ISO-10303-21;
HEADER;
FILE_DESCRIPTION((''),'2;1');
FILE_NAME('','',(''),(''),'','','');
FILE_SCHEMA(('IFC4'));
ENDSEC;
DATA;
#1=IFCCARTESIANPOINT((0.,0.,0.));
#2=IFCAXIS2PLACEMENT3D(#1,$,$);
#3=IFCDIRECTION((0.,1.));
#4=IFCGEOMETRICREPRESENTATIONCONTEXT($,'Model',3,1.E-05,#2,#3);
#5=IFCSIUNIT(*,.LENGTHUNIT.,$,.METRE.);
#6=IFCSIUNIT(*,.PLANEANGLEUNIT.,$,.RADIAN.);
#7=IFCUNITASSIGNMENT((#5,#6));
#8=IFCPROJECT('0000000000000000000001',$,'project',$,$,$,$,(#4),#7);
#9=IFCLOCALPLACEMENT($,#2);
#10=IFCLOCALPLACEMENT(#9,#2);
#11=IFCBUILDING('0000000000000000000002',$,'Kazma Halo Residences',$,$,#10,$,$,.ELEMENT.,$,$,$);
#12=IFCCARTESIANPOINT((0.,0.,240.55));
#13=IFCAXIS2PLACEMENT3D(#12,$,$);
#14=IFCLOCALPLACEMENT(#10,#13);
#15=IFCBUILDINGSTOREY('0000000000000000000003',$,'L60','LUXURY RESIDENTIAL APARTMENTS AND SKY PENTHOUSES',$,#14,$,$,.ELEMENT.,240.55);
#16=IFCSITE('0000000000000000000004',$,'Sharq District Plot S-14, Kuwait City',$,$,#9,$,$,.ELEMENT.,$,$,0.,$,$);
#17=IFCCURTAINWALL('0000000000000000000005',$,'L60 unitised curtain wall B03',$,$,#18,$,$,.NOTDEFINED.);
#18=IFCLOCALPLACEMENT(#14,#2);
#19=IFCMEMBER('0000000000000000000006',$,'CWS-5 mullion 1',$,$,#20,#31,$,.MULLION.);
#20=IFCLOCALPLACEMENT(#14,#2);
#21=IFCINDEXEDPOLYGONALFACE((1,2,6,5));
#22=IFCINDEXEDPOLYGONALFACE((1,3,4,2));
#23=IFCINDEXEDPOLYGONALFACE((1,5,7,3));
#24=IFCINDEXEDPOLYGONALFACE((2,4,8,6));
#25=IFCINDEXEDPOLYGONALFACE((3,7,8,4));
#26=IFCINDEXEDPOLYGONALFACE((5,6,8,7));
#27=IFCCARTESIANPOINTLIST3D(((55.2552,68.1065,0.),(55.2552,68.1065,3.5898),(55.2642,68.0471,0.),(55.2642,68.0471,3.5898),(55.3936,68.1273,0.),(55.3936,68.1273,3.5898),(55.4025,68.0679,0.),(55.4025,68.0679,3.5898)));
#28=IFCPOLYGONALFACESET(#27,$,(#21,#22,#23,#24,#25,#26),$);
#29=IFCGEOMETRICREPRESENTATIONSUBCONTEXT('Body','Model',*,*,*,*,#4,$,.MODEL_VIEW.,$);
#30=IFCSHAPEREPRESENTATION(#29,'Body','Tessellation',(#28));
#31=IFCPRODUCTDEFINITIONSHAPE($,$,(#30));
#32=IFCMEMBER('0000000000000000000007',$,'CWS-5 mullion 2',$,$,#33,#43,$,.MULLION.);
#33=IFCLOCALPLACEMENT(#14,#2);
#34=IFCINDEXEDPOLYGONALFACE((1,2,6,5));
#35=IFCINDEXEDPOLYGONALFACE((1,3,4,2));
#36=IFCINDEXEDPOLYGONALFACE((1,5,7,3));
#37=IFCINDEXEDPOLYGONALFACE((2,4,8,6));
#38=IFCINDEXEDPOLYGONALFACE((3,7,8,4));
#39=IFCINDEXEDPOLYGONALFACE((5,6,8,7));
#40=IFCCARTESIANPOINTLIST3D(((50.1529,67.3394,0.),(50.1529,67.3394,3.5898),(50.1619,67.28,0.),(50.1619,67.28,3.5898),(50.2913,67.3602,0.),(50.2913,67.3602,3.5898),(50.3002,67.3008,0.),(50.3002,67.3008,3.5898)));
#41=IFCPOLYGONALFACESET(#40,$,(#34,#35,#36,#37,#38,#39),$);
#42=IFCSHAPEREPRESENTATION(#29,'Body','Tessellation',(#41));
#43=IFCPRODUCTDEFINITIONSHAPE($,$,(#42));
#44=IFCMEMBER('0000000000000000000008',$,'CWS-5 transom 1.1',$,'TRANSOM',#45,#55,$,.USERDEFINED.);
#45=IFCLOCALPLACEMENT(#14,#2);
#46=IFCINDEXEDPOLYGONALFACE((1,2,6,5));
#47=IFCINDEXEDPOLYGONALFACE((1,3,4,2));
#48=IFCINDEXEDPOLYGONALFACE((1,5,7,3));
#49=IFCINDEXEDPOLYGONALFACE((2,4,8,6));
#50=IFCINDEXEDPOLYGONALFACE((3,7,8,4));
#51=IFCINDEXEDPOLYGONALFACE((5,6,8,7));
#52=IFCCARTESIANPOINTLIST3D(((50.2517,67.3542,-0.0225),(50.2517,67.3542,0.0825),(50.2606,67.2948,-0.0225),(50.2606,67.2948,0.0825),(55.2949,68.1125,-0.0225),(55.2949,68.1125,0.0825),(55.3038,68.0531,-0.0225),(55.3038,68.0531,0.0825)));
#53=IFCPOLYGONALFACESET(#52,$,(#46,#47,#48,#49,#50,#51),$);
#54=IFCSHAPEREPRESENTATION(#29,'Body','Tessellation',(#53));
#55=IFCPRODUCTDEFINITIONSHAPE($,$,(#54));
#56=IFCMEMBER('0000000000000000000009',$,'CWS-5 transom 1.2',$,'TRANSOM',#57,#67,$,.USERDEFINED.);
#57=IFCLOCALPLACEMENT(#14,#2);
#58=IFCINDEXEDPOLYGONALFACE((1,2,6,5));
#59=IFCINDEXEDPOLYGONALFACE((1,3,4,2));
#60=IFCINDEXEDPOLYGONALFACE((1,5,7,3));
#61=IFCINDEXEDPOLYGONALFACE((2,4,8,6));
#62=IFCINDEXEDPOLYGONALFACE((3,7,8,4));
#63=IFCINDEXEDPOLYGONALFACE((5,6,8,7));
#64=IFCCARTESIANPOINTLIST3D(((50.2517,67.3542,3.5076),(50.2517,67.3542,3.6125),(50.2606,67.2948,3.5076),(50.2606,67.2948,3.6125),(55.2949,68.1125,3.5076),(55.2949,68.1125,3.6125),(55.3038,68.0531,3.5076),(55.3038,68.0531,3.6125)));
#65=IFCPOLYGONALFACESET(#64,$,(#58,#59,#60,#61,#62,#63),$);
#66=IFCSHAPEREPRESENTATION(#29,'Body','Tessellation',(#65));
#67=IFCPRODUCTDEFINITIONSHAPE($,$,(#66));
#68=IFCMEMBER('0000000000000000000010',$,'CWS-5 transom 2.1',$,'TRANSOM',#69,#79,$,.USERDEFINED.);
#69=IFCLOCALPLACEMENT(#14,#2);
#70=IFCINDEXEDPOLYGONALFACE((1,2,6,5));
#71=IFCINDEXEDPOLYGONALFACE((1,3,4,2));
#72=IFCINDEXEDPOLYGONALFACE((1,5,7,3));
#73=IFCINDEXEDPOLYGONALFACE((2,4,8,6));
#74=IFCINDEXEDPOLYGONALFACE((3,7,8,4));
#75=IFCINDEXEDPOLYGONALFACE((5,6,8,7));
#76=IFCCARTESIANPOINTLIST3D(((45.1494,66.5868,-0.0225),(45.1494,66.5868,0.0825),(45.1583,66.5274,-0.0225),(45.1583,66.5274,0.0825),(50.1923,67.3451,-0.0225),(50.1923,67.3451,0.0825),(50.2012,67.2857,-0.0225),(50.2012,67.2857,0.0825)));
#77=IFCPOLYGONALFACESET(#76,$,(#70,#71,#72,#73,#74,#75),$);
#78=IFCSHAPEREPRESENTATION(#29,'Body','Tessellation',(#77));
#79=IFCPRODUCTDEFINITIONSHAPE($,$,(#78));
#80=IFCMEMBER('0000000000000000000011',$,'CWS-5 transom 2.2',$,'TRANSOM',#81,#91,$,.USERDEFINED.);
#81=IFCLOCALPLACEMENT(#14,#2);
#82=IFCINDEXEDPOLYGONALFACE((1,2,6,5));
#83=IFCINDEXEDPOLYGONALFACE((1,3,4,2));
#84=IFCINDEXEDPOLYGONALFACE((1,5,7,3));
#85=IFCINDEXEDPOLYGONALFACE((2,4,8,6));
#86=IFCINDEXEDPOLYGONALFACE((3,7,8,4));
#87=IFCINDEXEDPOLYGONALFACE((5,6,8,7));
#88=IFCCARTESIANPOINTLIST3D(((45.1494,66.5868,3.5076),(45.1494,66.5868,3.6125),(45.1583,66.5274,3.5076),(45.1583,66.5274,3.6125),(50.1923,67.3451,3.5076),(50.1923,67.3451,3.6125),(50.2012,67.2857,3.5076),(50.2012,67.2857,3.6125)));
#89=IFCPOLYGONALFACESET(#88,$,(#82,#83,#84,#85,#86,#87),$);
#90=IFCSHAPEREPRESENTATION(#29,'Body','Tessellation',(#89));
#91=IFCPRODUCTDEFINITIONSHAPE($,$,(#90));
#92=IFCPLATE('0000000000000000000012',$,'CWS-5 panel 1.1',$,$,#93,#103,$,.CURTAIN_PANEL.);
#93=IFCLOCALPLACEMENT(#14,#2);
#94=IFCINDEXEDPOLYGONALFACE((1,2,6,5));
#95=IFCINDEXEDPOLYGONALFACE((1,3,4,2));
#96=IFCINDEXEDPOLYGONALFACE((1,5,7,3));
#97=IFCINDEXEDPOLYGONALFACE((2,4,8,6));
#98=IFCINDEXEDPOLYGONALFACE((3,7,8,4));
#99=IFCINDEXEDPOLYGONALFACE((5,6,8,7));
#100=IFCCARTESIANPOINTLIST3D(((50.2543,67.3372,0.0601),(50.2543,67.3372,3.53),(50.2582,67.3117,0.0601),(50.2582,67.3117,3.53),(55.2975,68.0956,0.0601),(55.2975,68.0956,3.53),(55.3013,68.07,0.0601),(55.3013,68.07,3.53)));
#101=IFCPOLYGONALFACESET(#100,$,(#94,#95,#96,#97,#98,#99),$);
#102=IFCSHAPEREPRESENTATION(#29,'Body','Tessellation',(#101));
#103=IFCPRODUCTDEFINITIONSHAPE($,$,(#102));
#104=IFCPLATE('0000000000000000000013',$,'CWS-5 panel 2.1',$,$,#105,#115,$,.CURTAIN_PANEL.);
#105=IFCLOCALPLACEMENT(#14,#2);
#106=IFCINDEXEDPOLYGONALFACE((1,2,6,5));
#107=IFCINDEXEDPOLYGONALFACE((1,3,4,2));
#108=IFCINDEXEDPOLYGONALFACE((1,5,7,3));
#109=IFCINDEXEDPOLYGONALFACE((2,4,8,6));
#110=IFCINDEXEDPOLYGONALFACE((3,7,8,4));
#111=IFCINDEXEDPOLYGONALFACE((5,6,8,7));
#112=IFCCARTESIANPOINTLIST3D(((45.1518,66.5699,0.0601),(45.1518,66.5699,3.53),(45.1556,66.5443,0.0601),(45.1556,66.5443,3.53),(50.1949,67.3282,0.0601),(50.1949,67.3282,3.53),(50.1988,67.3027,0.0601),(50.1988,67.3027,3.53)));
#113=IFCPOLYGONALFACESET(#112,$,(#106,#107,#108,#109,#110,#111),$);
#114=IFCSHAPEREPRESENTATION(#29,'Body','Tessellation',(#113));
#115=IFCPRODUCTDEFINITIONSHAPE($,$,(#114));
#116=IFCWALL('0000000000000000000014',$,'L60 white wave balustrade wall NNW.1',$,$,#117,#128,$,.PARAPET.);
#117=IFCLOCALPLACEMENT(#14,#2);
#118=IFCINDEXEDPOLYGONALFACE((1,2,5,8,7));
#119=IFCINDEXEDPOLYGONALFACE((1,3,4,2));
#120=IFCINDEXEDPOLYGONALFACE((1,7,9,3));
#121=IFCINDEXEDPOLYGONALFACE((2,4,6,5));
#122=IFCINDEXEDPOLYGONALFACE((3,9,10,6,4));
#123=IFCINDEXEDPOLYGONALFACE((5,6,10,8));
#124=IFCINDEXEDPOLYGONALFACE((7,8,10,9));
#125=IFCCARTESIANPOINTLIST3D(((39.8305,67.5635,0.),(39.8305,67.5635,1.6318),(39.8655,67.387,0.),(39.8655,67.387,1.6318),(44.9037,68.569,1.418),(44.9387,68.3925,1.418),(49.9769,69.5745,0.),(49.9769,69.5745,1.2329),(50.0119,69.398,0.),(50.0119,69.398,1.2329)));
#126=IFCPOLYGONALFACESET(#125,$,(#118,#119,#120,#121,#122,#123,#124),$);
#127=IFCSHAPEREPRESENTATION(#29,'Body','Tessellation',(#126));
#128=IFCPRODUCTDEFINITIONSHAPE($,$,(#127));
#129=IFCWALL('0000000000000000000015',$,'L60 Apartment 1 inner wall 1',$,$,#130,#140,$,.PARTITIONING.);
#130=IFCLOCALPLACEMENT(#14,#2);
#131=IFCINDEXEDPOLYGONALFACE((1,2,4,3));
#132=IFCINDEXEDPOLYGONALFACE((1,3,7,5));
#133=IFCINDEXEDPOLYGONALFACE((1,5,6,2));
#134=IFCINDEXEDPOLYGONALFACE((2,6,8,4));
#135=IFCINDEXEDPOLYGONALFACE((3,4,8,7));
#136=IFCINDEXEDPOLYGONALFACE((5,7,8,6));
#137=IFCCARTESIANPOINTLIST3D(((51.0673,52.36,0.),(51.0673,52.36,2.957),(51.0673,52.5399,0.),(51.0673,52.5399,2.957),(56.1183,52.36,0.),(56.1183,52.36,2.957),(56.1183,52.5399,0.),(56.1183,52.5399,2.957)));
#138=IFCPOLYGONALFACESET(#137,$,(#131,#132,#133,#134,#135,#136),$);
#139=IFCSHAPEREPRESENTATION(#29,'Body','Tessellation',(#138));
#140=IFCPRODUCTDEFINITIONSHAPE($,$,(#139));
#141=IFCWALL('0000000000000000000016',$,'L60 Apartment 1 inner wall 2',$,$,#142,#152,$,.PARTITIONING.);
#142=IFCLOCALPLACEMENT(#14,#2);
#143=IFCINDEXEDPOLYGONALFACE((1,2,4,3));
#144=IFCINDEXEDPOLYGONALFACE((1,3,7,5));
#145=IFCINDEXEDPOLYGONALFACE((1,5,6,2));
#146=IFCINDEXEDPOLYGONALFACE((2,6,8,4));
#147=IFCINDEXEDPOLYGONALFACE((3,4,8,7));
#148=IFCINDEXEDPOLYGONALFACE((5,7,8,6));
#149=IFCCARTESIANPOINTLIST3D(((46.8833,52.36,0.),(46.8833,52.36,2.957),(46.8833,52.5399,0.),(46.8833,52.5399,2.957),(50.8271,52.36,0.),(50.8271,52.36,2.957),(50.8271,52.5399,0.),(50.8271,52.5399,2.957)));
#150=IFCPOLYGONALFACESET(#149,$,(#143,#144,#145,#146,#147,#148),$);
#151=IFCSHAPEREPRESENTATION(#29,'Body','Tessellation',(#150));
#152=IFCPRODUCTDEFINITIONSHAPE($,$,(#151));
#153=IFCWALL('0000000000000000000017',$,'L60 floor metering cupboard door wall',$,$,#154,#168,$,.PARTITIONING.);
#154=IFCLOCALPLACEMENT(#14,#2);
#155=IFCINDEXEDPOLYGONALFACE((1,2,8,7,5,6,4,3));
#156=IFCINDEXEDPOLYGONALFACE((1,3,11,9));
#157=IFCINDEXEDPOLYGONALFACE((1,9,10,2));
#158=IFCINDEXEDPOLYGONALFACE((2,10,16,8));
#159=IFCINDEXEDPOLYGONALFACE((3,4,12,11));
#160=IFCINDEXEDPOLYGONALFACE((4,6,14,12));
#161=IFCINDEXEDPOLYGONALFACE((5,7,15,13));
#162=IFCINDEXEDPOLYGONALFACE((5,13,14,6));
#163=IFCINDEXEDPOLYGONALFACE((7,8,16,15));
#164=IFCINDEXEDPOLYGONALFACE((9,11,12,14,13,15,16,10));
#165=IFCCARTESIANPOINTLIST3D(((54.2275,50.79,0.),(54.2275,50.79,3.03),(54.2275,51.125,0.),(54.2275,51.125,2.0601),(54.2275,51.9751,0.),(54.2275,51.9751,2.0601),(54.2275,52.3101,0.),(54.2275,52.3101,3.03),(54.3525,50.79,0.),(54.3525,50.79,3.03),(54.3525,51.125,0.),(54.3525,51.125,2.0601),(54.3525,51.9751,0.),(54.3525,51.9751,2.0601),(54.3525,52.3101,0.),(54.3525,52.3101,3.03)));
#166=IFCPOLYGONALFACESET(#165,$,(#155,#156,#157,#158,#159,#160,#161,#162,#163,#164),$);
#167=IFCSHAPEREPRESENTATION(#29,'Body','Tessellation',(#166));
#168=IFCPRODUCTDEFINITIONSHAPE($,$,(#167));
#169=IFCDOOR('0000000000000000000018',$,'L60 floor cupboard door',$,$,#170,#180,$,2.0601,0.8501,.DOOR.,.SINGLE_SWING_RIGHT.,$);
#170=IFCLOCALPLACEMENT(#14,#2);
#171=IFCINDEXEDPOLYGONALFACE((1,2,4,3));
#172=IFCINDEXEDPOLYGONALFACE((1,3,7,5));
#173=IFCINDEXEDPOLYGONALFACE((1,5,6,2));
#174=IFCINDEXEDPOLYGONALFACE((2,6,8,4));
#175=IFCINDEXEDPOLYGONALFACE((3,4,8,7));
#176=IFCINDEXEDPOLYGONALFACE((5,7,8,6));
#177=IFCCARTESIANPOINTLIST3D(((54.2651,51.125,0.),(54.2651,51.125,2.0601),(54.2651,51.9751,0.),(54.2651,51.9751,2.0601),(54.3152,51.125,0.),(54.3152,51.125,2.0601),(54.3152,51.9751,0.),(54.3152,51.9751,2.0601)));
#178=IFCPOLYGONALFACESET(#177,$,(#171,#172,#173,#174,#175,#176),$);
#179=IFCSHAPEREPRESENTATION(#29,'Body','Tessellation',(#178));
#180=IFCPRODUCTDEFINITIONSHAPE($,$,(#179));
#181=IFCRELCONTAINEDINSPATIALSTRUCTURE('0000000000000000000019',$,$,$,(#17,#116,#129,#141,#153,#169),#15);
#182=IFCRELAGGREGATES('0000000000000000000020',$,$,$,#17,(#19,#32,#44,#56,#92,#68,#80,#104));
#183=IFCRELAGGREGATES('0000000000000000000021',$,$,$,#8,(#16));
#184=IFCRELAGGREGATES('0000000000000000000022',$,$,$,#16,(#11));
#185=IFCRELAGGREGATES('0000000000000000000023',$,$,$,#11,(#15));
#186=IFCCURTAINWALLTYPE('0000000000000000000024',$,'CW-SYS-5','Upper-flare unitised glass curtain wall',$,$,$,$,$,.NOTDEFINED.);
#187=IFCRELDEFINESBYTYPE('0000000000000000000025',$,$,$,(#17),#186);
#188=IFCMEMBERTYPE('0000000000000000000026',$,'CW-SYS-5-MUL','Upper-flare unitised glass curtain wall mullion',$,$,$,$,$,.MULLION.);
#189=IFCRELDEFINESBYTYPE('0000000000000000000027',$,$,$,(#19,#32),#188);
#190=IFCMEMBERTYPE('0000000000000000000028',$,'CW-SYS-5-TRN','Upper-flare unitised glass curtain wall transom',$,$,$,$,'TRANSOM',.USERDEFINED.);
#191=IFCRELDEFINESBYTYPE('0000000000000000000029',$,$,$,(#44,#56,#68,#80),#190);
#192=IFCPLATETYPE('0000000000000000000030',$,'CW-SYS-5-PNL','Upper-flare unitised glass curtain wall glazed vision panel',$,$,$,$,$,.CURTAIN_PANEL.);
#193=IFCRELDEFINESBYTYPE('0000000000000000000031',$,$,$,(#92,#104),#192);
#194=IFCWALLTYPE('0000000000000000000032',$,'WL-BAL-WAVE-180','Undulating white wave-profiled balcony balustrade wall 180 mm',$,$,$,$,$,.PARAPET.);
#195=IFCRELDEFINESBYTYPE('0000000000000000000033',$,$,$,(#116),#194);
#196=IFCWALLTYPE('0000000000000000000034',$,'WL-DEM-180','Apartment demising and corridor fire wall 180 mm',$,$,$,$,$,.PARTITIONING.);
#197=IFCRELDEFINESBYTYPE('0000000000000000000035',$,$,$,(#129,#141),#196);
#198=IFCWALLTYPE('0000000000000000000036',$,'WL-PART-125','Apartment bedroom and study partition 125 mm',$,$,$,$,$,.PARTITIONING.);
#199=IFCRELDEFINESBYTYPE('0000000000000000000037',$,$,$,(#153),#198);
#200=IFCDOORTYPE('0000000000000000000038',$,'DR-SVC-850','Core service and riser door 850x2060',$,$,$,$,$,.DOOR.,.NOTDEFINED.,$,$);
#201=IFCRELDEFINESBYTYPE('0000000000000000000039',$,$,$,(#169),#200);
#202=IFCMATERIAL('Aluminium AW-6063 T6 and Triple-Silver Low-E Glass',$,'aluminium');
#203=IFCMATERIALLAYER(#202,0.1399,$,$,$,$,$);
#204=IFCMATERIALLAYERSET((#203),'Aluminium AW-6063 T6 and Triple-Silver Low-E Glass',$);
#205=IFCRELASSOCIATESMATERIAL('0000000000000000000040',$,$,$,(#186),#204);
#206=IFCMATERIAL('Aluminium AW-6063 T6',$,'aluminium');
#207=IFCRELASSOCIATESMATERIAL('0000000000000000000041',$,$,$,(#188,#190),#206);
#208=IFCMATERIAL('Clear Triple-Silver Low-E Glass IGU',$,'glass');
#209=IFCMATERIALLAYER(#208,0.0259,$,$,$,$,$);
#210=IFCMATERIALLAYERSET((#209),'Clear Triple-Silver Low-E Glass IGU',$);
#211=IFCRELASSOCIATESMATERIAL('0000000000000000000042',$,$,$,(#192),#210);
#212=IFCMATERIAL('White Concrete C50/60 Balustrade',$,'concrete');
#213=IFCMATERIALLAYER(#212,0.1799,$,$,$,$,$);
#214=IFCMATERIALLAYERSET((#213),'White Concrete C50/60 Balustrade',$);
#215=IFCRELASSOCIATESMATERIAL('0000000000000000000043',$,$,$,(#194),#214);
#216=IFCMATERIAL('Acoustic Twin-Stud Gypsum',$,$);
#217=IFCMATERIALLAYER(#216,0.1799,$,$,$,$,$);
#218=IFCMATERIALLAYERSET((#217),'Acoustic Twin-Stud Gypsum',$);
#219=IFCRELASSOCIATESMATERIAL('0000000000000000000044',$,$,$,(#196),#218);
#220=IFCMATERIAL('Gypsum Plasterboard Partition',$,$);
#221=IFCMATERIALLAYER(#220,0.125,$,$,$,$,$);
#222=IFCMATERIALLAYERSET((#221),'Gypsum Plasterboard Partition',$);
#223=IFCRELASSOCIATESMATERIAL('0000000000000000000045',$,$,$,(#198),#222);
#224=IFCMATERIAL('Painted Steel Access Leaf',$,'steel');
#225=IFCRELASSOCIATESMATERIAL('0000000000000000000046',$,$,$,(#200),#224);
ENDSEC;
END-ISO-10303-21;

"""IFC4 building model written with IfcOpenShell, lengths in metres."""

from ifc_helpers import new_model, si_unit, direction, frame, frame_2d, origin, origin_2d, place, context, subcontext, project, spatial, polyline, rectangle, outline, extrude, material, layer, layer_set, material_profile, profile_set, type_object, element, fill, aggregate, save


model = new_model("IFC4")

# Units and contexts
model_context = context("Model", 3, precision=1e-05, world=origin(), true_north=direction((0.0, 1.0)))
body_context = subcontext(model_context, "Body", "Model", "MODEL_VIEW")
ifc_project = project(units=[si_unit("LENGTHUNIT", "METRE"), si_unit("PLANEANGLEUNIT", "RADIAN")], contexts=[model_context])

# Site, building, storey
site_placement = place(None, origin())
site = spatial("IfcSite", under=ifc_project, at=site_placement, Name="Sharq District Plot S-14, Kuwait City", CompositionType="ELEMENT", RefElevation=0.0)
building_placement = place(site_placement, origin())
building = spatial("IfcBuilding", under=site, at=building_placement, Name="Kazma Halo Residences", CompositionType="ELEMENT")
storey_placement = place(building_placement, frame((0.0, 0.0, 240.55)))
storey = spatial("IfcBuildingStorey", under=building, at=storey_placement, Name="L60", Description="LUXURY RESIDENTIAL APARTMENTS AND SKY PENTHOUSES", CompositionType="ELEMENT", Elevation=240.55)

# Curtain wall, members, plates
ifc_material_1 = material(Name="Aluminium AW-6063 T6 and Triple-Silver Low-E Glass", Category="aluminium")
ifc_layer_1 = layer(ifc_material_1, 0.1399)
ifc_layer_set_1 = layer_set([ifc_layer_1], Name="Aluminium AW-6063 T6 and Triple-Silver Low-E Glass")
curtain_wall_type = type_object("IfcCurtainWallType", Name="CW-SYS-5", Description="Upper-flare unitised glass curtain wall", PredefinedType="NOTDEFINED", material=ifc_layer_set_1)
curtain_wall_placement = place(storey_placement, origin())
curtain_wall = element("IfcCurtainWall", 1, at=curtain_wall_placement, inside=storey, type_object=curtain_wall_type, Name="L60 unitised curtain wall B03", PredefinedType="NOTDEFINED")
ifc_material_2 = material(Name="Aluminium AW-6063 T6", Category="aluminium")
ifc_material_profile_1 = material_profile(ifc_material_2, rectangle(XDim=0.0601, YDim=0.1399, at=origin_2d()), Name="CWM-60x140")
ifc_profile_set_1 = profile_set([ifc_material_profile_1], Name="Aluminium AW-6063 T6")
member_type_1 = type_object("IfcMemberType", Name="CW-SYS-5-MUL", Description="Upper-flare unitised glass curtain wall mullion", PredefinedType="MULLION", material=ifc_profile_set_1)
member_1_placement = place(storey_placement, frame((55.3289, 68.0872, 0.0), z_axis=(0.0, 0.0, 1.0), x_axis=(0.148697, -0.988883, 0.0)))
member_1 = element("IfcMember", 2, at=member_1_placement, type_object=member_type_1, Name="CWS-5 mullion 1", PredefinedType="MULLION", context=body_context, shape_type="SweptSolid", body=[
    extrude(rectangle(XDim=0.0601, YDim=0.1399, at=origin_2d()), origin(), (0.0, 0.0, 1.0), 3.5898),
])
member_2_placement = place(storey_placement, frame((50.2266, 67.3201, 0.0), z_axis=(0.0, 0.0, 1.0), x_axis=(0.148697, -0.988883, 0.0)))
member_2 = element("IfcMember", 3, at=member_2_placement, type_object=member_type_1, Name="CWS-5 mullion 2", PredefinedType="MULLION", context=body_context, shape_type="SweptSolid", body=[
    extrude(rectangle(XDim=0.0601, YDim=0.1399, at=origin_2d()), origin(), (0.0, 0.0, 1.0), 3.5898),
])
ifc_material_profile_2 = material_profile(ifc_material_2, rectangle(XDim=0.0601, YDim=0.105, at=origin_2d()), Name="CWT-60x105")
ifc_profile_set_2 = profile_set([ifc_material_profile_2], Name="Aluminium AW-6063 T6")
member_type_2 = type_object("IfcMemberType", Name="CW-SYS-5-TRN", Description="Upper-flare unitised glass curtain wall transom", ElementType="TRANSOM", PredefinedType="USERDEFINED", material=ifc_profile_set_2)
member_3_placement = place(storey_placement, frame((55.2993, 68.0828, 0.03), z_axis=(-0.988884, -0.148689, 0.0), x_axis=(0.148689, -0.988884, 0.0)))
member_3 = element("IfcMember", 4, at=member_3_placement, type_object=member_type_2, Name="CWS-5 transom 1.1", ObjectType="TRANSOM", PredefinedType="USERDEFINED", context=body_context, shape_type="SweptSolid", body=[
    extrude(rectangle(XDim=0.0601, YDim=0.105, at=origin_2d()), origin(), (0.0, 0.0, 1.0), 5.0999),
])
member_4_placement = place(storey_placement, frame((55.2993, 68.0828, 3.5601), z_axis=(-0.988884, -0.148689, 0.0), x_axis=(0.148689, -0.988884, 0.0)))
member_4 = element("IfcMember", 5, at=member_4_placement, type_object=member_type_2, Name="CWS-5 transom 1.2", ObjectType="TRANSOM", PredefinedType="USERDEFINED", context=body_context, shape_type="SweptSolid", body=[
    extrude(rectangle(XDim=0.0601, YDim=0.105, at=origin_2d()), origin(), (0.0, 0.0, 1.0), 5.0999),
])
member_5_placement = place(storey_placement, frame((50.1968, 67.3154, 0.03), z_axis=(-0.988883, -0.148696, 0.0), x_axis=(0.148696, -0.988883, 0.0)))
member_5 = element("IfcMember", 6, at=member_5_placement, type_object=member_type_2, Name="CWS-5 transom 2.1", ObjectType="TRANSOM", PredefinedType="USERDEFINED", context=body_context, shape_type="SweptSolid", body=[
    extrude(rectangle(XDim=0.0601, YDim=0.105, at=origin_2d()), origin(), (0.0, 0.0, 1.0), 5.0996),
])
member_6_placement = place(storey_placement, frame((50.1968, 67.3154, 3.5601), z_axis=(-0.988883, -0.148696, 0.0), x_axis=(0.148696, -0.988883, 0.0)))
member_6 = element("IfcMember", 7, at=member_6_placement, type_object=member_type_2, Name="CWS-5 transom 2.2", ObjectType="TRANSOM", PredefinedType="USERDEFINED", context=body_context, shape_type="SweptSolid", body=[
    extrude(rectangle(XDim=0.0601, YDim=0.105, at=origin_2d()), origin(), (0.0, 0.0, 1.0), 5.0996),
])
ifc_material_3 = material(Name="Clear Triple-Silver Low-E Glass IGU", Category="glass")
ifc_layer_2 = layer(ifc_material_3, 0.0259)
ifc_layer_set_2 = layer_set([ifc_layer_2], Name="Clear Triple-Silver Low-E Glass IGU")
plate_type = type_object("IfcPlateType", Name="CW-SYS-5-PNL", Description="Upper-flare unitised glass curtain wall glazed vision panel", PredefinedType="CURTAIN_PANEL", material=ifc_layer_set_2)
plate_1_placement = place(storey_placement, frame((52.7778, 67.7036, 0.0601), z_axis=(0.0, 0.0, 1.0), x_axis=(-0.988883, -0.148697, 0.0)))
plate_1 = element("IfcPlate", 8, at=plate_1_placement, type_object=plate_type, Name="CWS-5 panel 1.1", PredefinedType="CURTAIN_PANEL", context=body_context, shape_type="SweptSolid", body=[
    extrude(rectangle(XDim=5.0999, YDim=0.0259, at=origin_2d()), origin(), (0.0, 0.0, 1.0), 3.47),
])
plate_2_placement = place(storey_placement, frame((47.6753, 66.9363, 0.0601), z_axis=(0.0, 0.0, 1.0), x_axis=(-0.988883, -0.148697, 0.0)))
plate_2 = element("IfcPlate", 9, at=plate_2_placement, type_object=plate_type, Name="CWS-5 panel 2.1", PredefinedType="CURTAIN_PANEL", context=body_context, shape_type="SweptSolid", body=[
    extrude(rectangle(XDim=5.0999, YDim=0.0259, at=origin_2d()), origin(), (0.0, 0.0, 1.0), 3.47),
])
aggregate(curtain_wall, [member_1, member_2, member_3, member_4, plate_1, member_5, member_6, plate_2])

# Walls
ifc_material_4 = material(Name="White Concrete C50/60 Balustrade", Category="concrete")
ifc_layer_3 = layer(ifc_material_4, 0.1799)
ifc_layer_set_3 = layer_set([ifc_layer_3], Name="White Concrete C50/60 Balustrade")
wall_type_1 = type_object("IfcWallType", Name="WL-BAL-WAVE-180", Description="Undulating white wave-profiled balcony balustrade wall 180 mm", PredefinedType="PARAPET", material=ifc_layer_set_3)
wall_1_placement = place(storey_placement, frame((49.9944, 69.4861, 0.0), z_axis=(0.0, 0.0, 1.0), x_axis=(-0.98092, -0.194414, 0.0)))
element("IfcWall", 10, at=wall_1_placement, inside=storey, type_object=wall_type_1, Name="L60 white wave balustrade wall NNW.1", PredefinedType="PARAPET", context=body_context, shape_type="SweptSolid", body=[
    extrude(outline(polyline([(0.0, 0.0), (10.3438, 0.0), (10.3438, 1.6318), (5.1719, 1.418), (0.0, 1.2329), (0.0, 0.0)])), frame((0.0, 0.0898, 0.0), z_axis=(0.0, -1.0, 0.0), x_axis=(1.0, 0.0, 0.0)), (0.0, 0.0, 1.0), 0.1799),
])
ifc_material_5 = material(Name="Acoustic Twin-Stud Gypsum")
ifc_layer_4 = layer(ifc_material_5, 0.1799)
ifc_layer_set_4 = layer_set([ifc_layer_4], Name="Acoustic Twin-Stud Gypsum")
wall_type_2 = type_object("IfcWallType", Name="WL-DEM-180", Description="Apartment demising and corridor fire wall 180 mm", PredefinedType="PARTITIONING", material=ifc_layer_set_4)
wall_2_placement = place(storey_placement, frame((56.1182, 52.45, 0.0), z_axis=(0.0, 0.0, 1.0), x_axis=(-1.0, 0.0, 0.0)))
element("IfcWall", 11, at=wall_2_placement, inside=storey, type_object=wall_type_2, Name="L60 Apartment 1 inner wall 1", PredefinedType="PARTITIONING", context=body_context, shape_type="SweptSolid", body=[
    extrude(rectangle(XDim=5.051, YDim=0.1799, at=frame_2d((2.5254, 0.0))), origin(), (0.0, 0.0, 1.0), 2.957),
])
wall_3_placement = place(storey_placement, frame((50.8271, 52.45, 0.0), z_axis=(0.0, 0.0, 1.0), x_axis=(-1.0, 0.0, 0.0)))
element("IfcWall", 12, at=wall_3_placement, inside=storey, type_object=wall_type_2, Name="L60 Apartment 1 inner wall 2", PredefinedType="PARTITIONING", context=body_context, shape_type="SweptSolid", body=[
    extrude(rectangle(XDim=3.9438, YDim=0.1799, at=frame_2d((1.9719, 0.0))), origin(), (0.0, 0.0, 1.0), 2.957),
])

# Wall, opening, door
ifc_material_6 = material(Name="Gypsum Plasterboard Partition")
ifc_layer_5 = layer(ifc_material_6, 0.125)
ifc_layer_set_5 = layer_set([ifc_layer_5], Name="Gypsum Plasterboard Partition")
wall_type_3 = type_object("IfcWallType", Name="WL-PART-125", Description="Apartment bedroom and study partition 125 mm", PredefinedType="PARTITIONING", material=ifc_layer_set_5)
wall_4_placement = place(storey_placement, frame((54.29, 50.79, 0.0), z_axis=(0.0, 0.0, 1.0), x_axis=(0.0, 1.0, 0.0)))
wall_4 = element("IfcWall", 13, at=wall_4_placement, inside=storey, type_object=wall_type_3, Name="L60 floor metering cupboard door wall", PredefinedType="PARTITIONING", context=body_context, shape_type="SweptSolid", body=[
    extrude(rectangle(XDim=1.52, YDim=0.125, at=frame_2d((0.76, 0.0))), origin(), (0.0, 0.0, 1.0), 3.03),
])
opening_1_placement = place(wall_4_placement, frame((0.335, 0.0, 0.0)))
opening_1 = element("IfcOpeningElement", 14, at=opening_1_placement, cuts=wall_4, PredefinedType="OPENING", context=body_context, shape_type="SweptSolid", body=[
    extrude(rectangle(XDim=0.8501, YDim=2.0601, at=frame_2d((0.425, 1.03))), frame((0.0, 0.0725, 0.0), z_axis=(0.0, -1.0, 0.0), x_axis=(1.0, 0.0, 0.0)), (0.0, 0.0, 1.0), 0.145),
])
ifc_material_7 = material(Name="Painted Steel Access Leaf", Category="steel")
door_type_1 = type_object("IfcDoorType", Name="DR-SVC-850", Description="Core service and riser door 850x2060", OperationType="NOTDEFINED", PredefinedType="DOOR", material=ifc_material_7)
door_1_placement = place(opening_1_placement, origin())
door_1 = element("IfcDoor", 15, at=door_1_placement, inside=storey, type_object=door_type_1, Name="L60 floor cupboard door", OperationType="SINGLE_SWING_RIGHT", OverallHeight=2.0601, OverallWidth=0.8501, PredefinedType="DOOR", context=body_context, shape_type="SweptSolid", body=[
    extrude(rectangle(XDim=0.8501, YDim=2.0601, at=frame_2d((0.425, 1.03))), frame((0.0, 0.0249, 0.0), z_axis=(0.0, -1.0, 0.0), x_axis=(1.0, 0.0, 0.0)), (0.0, 0.0, 1.0), 0.05),
])
fill(opening_1, door_1)

save(model, "model.ifc")
